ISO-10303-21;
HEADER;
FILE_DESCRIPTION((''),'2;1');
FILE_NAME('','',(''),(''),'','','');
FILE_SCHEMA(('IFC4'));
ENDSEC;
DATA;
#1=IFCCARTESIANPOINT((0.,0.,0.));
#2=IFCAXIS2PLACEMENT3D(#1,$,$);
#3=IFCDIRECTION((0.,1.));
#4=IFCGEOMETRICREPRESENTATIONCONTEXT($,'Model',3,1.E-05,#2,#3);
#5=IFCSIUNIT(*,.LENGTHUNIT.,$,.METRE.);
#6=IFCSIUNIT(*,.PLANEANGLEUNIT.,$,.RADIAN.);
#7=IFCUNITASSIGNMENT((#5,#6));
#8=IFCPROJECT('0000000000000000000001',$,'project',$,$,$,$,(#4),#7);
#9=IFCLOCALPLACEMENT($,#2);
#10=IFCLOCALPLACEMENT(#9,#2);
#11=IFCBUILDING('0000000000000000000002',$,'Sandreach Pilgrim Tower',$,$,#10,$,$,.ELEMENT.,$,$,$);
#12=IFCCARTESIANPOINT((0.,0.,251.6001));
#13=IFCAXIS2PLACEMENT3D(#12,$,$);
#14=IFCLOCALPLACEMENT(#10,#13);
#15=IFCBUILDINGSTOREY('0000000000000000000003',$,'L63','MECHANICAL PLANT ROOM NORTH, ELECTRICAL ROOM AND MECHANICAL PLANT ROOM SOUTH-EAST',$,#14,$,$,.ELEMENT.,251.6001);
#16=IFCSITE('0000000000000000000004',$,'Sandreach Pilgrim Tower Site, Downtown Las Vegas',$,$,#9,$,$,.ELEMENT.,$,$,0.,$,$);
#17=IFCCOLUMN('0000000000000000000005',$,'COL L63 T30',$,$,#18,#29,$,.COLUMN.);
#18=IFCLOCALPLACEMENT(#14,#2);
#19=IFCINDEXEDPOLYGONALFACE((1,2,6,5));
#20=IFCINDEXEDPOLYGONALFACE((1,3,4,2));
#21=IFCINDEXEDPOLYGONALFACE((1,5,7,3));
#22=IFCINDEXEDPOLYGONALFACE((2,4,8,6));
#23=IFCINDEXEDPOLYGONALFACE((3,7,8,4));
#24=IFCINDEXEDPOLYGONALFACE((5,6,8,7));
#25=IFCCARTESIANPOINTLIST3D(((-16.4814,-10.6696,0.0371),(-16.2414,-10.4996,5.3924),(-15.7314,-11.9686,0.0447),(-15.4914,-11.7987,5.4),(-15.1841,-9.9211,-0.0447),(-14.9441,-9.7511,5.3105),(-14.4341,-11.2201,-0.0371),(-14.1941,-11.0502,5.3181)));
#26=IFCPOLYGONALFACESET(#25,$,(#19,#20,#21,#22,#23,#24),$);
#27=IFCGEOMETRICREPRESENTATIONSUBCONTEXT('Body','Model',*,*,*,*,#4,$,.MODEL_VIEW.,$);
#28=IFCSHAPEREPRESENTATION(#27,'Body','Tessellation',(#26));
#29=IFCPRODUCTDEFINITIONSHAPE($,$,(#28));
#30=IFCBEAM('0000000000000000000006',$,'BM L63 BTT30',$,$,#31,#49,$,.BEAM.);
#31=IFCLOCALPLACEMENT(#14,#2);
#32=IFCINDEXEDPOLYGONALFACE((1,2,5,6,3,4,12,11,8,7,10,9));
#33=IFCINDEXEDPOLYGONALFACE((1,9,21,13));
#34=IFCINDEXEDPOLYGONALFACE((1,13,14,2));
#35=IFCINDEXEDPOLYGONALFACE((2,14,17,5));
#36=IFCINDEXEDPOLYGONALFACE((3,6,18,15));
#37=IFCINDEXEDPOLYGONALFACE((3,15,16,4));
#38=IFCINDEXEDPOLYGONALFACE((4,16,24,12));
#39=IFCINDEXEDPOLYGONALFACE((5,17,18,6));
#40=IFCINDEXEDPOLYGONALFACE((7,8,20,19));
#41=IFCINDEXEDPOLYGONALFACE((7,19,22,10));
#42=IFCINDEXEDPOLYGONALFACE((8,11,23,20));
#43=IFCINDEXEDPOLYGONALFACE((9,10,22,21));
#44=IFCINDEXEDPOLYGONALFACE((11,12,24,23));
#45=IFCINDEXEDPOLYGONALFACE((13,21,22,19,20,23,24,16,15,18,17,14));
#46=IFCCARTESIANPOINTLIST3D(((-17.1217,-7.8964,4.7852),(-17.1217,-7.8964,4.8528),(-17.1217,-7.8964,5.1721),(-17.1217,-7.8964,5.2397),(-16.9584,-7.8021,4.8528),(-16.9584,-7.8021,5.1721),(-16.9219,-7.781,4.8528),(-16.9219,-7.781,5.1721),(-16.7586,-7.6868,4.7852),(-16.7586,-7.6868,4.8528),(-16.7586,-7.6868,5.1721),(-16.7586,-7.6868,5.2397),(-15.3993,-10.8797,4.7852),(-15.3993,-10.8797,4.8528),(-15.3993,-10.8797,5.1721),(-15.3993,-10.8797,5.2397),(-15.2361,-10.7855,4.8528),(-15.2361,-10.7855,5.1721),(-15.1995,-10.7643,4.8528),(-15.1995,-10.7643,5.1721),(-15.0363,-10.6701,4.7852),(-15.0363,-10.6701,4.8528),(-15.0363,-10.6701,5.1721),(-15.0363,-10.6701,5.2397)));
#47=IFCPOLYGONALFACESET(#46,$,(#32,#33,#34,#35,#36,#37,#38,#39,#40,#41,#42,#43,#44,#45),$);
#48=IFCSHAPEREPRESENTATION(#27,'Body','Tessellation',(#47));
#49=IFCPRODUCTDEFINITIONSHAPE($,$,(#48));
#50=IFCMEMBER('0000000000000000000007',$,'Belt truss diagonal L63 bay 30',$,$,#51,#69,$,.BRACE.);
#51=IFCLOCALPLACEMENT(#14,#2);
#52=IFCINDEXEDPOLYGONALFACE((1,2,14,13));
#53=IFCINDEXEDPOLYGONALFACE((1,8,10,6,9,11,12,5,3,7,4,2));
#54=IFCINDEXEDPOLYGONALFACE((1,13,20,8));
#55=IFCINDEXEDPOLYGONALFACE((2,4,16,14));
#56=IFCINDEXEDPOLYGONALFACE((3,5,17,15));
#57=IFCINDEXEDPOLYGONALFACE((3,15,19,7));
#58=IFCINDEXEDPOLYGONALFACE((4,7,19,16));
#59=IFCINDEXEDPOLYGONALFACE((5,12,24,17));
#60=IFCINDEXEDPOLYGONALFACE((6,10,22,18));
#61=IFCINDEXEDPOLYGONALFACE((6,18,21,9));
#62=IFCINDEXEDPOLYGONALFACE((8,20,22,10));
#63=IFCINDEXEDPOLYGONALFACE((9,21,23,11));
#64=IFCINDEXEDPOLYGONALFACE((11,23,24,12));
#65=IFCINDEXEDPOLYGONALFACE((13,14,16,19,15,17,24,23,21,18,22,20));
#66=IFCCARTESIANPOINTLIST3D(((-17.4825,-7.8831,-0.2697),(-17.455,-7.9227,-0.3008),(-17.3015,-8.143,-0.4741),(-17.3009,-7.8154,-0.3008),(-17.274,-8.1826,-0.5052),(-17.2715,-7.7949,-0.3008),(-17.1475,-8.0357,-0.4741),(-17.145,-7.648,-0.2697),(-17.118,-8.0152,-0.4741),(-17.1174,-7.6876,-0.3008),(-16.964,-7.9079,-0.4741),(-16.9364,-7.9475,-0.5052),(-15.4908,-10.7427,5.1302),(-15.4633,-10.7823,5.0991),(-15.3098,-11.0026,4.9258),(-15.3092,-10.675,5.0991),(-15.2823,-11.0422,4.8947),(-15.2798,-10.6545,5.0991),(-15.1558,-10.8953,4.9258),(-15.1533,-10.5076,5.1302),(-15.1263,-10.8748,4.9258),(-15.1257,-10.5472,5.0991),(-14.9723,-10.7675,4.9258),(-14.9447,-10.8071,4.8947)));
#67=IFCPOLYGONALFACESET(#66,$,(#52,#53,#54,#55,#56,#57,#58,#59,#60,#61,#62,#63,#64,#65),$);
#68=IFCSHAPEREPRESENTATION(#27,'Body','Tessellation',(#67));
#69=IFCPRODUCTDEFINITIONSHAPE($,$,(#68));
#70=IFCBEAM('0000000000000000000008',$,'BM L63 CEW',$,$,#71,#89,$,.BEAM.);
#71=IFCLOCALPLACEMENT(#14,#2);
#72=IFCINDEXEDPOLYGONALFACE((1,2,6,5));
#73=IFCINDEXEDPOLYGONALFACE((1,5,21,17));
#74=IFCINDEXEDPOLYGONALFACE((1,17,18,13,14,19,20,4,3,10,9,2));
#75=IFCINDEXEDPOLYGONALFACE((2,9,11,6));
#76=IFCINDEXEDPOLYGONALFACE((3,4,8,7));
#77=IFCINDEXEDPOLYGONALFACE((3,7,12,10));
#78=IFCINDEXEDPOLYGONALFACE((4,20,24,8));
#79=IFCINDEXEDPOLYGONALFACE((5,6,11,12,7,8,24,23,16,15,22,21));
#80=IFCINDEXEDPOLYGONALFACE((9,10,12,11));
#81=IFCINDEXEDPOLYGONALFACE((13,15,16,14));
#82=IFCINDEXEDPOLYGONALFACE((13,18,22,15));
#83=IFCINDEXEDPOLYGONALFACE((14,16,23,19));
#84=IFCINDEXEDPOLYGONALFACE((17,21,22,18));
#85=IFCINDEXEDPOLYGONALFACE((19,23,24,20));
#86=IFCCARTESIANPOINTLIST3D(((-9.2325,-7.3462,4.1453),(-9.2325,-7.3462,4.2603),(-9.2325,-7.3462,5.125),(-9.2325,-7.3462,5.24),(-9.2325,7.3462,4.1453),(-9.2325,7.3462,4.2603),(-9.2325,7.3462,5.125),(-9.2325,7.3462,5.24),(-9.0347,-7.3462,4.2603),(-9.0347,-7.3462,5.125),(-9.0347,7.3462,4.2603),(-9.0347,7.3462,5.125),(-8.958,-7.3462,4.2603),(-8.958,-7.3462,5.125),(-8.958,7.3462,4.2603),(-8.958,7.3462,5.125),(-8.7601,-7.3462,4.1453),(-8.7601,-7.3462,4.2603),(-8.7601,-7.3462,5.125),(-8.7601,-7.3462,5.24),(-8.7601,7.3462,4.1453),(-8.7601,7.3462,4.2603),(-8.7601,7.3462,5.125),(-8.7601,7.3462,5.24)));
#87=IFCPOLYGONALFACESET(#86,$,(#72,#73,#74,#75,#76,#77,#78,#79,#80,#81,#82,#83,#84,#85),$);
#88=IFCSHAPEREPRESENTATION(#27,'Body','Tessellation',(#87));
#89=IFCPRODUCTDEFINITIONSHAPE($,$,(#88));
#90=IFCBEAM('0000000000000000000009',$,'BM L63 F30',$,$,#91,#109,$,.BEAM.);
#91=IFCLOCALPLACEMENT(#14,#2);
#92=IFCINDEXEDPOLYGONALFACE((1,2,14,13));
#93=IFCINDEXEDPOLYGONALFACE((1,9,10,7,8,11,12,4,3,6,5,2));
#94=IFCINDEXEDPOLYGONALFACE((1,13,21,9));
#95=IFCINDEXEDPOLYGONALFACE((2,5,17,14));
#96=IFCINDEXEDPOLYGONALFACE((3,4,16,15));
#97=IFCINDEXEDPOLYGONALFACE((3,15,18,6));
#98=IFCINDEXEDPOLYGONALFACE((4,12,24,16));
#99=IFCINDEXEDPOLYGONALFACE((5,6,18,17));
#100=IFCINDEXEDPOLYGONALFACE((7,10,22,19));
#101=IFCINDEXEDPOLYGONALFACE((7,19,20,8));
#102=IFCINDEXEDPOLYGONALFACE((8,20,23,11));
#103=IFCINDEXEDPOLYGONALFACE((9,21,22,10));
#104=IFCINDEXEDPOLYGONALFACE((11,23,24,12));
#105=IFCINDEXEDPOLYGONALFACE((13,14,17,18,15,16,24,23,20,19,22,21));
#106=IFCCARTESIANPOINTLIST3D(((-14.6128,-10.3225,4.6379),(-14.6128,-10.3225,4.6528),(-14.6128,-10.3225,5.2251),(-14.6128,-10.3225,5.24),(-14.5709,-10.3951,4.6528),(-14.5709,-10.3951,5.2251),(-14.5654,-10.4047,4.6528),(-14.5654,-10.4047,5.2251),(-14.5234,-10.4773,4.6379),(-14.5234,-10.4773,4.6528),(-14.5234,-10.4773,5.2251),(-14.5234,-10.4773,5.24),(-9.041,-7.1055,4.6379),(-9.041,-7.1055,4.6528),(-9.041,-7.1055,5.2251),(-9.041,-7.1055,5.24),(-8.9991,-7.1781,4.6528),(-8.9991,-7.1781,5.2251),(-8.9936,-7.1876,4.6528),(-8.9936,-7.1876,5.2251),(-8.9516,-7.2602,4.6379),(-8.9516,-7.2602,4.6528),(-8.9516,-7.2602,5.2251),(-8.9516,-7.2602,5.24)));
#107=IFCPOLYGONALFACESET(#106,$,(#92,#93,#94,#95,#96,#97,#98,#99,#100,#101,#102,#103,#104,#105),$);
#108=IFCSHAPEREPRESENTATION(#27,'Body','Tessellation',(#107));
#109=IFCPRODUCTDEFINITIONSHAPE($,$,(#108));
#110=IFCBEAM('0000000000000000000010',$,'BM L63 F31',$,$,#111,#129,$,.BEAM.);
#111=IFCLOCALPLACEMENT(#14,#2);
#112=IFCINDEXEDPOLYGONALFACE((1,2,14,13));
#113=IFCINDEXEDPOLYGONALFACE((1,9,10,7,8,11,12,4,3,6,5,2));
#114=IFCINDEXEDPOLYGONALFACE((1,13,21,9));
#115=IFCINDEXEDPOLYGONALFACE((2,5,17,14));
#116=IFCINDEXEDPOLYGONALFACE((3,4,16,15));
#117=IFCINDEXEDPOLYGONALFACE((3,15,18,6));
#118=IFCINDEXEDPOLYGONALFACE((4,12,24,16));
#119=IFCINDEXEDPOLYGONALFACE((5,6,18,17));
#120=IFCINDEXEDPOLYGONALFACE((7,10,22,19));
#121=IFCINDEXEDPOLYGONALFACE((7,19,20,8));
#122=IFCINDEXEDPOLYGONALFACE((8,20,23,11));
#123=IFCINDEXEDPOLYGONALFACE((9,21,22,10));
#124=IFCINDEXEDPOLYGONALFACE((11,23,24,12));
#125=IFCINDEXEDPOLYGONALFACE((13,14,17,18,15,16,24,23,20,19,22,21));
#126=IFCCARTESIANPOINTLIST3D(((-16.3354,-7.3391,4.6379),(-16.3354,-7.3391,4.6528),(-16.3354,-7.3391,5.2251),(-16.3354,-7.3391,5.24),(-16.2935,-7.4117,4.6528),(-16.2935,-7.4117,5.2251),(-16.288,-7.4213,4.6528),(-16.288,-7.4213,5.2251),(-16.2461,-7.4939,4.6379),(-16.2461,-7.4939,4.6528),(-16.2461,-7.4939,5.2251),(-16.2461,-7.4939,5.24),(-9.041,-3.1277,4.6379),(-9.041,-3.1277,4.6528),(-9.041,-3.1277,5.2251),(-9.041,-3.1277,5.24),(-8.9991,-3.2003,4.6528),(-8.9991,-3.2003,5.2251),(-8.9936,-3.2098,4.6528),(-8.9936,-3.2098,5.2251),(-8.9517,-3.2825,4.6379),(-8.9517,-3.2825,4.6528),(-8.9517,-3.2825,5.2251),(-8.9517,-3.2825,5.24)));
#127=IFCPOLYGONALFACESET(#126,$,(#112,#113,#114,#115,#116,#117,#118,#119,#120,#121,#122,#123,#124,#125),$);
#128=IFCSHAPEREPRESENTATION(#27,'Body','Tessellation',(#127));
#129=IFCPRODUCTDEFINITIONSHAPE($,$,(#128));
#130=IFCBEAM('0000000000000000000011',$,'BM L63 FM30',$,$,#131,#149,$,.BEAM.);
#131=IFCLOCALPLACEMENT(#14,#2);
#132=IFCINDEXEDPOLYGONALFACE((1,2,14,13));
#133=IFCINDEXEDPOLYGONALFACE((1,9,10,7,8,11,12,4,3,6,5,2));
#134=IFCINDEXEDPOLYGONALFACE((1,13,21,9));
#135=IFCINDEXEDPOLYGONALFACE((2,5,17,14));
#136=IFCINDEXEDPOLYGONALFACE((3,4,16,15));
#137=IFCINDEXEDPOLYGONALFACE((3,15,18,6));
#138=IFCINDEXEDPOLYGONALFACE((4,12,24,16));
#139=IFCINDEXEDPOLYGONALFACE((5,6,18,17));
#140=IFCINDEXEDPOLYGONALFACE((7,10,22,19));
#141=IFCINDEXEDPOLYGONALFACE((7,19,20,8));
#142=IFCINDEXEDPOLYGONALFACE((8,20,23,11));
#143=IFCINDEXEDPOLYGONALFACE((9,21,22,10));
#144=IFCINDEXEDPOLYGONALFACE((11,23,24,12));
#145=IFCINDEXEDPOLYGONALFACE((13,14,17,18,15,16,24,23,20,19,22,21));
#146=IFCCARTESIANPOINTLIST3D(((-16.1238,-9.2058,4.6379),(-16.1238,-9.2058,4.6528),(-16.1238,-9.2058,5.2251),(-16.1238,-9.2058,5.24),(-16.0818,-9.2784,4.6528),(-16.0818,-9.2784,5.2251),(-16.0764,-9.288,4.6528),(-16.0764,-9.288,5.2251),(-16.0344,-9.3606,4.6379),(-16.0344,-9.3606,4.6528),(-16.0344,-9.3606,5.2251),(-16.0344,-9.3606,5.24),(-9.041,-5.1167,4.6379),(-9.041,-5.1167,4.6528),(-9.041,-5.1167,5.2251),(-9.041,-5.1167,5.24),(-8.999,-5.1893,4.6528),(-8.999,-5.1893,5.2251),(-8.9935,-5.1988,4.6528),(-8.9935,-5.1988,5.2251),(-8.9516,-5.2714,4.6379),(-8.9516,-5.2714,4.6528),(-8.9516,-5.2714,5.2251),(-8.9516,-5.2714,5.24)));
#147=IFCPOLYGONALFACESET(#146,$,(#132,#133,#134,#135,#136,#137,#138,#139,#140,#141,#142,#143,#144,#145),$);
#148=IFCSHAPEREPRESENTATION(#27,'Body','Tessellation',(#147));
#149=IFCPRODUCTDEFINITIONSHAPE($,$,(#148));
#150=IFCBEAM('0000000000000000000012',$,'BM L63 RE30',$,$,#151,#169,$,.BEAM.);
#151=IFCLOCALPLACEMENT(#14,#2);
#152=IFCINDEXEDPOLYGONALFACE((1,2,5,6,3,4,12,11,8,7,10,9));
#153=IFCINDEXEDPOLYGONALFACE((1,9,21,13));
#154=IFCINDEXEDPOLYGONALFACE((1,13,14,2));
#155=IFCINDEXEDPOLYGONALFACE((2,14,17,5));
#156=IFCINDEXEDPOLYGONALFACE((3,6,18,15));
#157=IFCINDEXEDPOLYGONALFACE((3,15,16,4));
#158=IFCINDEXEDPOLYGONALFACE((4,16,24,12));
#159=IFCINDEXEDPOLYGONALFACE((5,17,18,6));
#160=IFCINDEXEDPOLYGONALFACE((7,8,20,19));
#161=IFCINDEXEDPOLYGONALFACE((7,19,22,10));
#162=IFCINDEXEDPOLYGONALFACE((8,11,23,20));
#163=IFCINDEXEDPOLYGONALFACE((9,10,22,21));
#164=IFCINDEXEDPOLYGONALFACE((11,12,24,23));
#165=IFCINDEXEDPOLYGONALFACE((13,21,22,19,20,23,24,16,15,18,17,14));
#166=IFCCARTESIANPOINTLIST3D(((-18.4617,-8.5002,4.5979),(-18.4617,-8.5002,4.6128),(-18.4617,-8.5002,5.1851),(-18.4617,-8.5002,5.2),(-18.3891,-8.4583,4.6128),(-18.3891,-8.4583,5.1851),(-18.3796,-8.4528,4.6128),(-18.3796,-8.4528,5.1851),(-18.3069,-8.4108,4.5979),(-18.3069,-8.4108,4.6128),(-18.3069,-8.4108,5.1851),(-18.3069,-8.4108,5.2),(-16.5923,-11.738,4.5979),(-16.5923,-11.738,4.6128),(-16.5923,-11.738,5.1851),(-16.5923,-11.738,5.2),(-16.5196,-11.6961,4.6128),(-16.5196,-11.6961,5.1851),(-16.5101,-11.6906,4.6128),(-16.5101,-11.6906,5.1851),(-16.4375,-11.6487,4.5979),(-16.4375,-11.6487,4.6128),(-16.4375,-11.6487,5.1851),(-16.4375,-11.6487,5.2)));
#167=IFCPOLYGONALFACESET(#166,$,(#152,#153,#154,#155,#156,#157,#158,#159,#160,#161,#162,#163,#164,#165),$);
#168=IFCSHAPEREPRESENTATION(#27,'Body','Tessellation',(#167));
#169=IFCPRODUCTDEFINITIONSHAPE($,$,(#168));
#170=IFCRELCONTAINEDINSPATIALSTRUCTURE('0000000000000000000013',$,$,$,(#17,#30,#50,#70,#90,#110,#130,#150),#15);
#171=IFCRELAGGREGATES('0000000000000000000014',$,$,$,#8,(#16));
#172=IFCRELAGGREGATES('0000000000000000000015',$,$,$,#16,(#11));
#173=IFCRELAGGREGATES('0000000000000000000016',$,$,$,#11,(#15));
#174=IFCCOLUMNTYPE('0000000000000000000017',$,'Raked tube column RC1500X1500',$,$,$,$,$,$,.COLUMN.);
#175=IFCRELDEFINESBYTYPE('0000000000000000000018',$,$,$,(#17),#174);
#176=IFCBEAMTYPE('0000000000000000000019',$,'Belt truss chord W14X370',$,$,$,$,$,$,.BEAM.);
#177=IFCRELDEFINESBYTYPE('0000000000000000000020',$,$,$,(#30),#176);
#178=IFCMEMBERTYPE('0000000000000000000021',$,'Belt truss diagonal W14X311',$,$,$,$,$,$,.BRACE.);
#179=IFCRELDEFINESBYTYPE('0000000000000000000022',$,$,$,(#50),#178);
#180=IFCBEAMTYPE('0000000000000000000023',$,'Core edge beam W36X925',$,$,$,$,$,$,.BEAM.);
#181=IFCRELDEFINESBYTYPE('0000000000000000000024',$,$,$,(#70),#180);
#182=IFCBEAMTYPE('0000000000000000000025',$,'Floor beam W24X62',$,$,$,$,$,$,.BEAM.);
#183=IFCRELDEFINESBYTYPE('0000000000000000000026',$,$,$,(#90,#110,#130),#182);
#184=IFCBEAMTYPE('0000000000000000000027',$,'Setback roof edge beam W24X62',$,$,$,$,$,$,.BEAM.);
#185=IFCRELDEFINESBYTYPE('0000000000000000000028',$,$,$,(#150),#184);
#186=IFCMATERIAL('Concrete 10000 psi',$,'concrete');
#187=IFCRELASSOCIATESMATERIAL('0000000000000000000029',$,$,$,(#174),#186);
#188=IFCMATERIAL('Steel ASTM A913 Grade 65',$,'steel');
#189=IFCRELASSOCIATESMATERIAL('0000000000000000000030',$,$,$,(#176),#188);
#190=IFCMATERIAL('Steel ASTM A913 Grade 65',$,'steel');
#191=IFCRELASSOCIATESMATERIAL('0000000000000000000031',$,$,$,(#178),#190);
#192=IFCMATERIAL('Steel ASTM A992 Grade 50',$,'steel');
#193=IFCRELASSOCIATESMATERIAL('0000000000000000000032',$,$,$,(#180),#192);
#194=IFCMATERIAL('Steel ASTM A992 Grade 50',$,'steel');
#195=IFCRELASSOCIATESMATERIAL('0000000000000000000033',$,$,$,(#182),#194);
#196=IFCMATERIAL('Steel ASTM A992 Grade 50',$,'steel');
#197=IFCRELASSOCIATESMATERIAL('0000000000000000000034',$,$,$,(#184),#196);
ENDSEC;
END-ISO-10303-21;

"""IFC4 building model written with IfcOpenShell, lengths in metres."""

from ifc_helpers import new_model, si_unit, direction, frame, origin, origin_2d, place, context, subcontext, project, spatial, rectangle, i_section, extrude, material, material_profile, profile_set, type_object, element, save


model = new_model("IFC4")

# Units and contexts
model_context = context("Model", 3, precision=1e-05, world=origin(), true_north=direction((0.0, 1.0)))
body_context = subcontext(model_context, "Body", "Model", "MODEL_VIEW")
ifc_project = project(units=[si_unit("LENGTHUNIT", "METRE"), si_unit("PLANEANGLEUNIT", "RADIAN")], contexts=[model_context])

# Site, building, storey
site_placement = place(None, origin())
site = spatial("IfcSite", under=ifc_project, at=site_placement, Name="Sandreach Pilgrim Tower Site, Downtown Las Vegas", CompositionType="ELEMENT", RefElevation=0.0)
building_placement = place(site_placement, origin())
building = spatial("IfcBuilding", under=site, at=building_placement, Name="Sandreach Pilgrim Tower", CompositionType="ELEMENT")
storey_placement = place(building_placement, frame((0.0, 0.0, 251.6001)))
storey = spatial("IfcBuildingStorey", under=building, at=storey_placement, Name="L63", Description="MECHANICAL PLANT ROOM NORTH, ELECTRICAL ROOM AND MECHANICAL PLANT ROOM SOUTH-EAST", CompositionType="ELEMENT", Elevation=251.6001)

# Column
ifc_material_1 = material(Name="Concrete 10000 psi", Category="concrete")
ifc_material_profile_1 = material_profile(ifc_material_1, rectangle(XDim=1.5, YDim=1.5, at=origin_2d()), Name="RC1500X1500")
ifc_profile_set_1 = profile_set([ifc_material_profile_1], Name="Concrete 10000 psi")
column_type = type_object("IfcColumnType", Name="Raked tube column RC1500X1500", PredefinedType="COLUMN", material=ifc_profile_set_1)
column_placement = place(storey_placement, frame((-15.4578, -10.9448, 0.0), z_axis=(0.044747, 0.031682, 0.998496), x_axis=(-0.864877, -0.499006, 0.054592)))
element("IfcColumn", 1, at=column_placement, inside=storey, type_object=column_type, Name="COL L63 T30", PredefinedType="COLUMN", context=body_context, shape_type="SweptSolid", body=[
    extrude(rectangle(XDim=1.5, YDim=1.5, at=origin_2d()), origin(), (0.0, 0.0, 1.0), 5.3633),
])

# Beam
ifc_material_2 = material(Name="Steel ASTM A913 Grade 65", Category="steel")
ifc_material_profile_2 = material_profile(ifc_material_2, i_section(OverallWidth=0.4192, OverallDepth=0.4546, WebThickness=0.0422, FlangeThickness=0.0676, at=origin_2d()), Name="W14X370")
ifc_profile_set_2 = profile_set([ifc_material_profile_2], Name="Steel ASTM A913 Grade 65")
beam_type_1 = type_object("IfcBeamType", Name="Belt truss chord W14X370", PredefinedType="BEAM", material=ifc_profile_set_2)
beam_1_placement = place(storey_placement, frame((-15.2178, -10.7749, 5.0125), z_axis=(-0.499988, 0.866032, 0.0), x_axis=(-0.866032, -0.499988, 0.0)))
element("IfcBeam", 2, at=beam_1_placement, inside=storey, type_object=beam_type_1, Name="BM L63 BTT30", PredefinedType="BEAM", context=body_context, shape_type="SweptSolid", body=[
    extrude(i_section(OverallWidth=0.4192, OverallDepth=0.4546, WebThickness=0.0422, FlangeThickness=0.0676, at=origin_2d()), origin(), (0.0, 0.0, 1.0), 3.4448),
])

# Member
ifc_material_3 = material(Name="Steel ASTM A913 Grade 65", Category="steel")
ifc_material_profile_3 = material_profile(ifc_material_3, i_section(OverallWidth=0.4114, OverallDepth=0.4343, WebThickness=0.0359, FlangeThickness=0.0574, at=origin_2d()), Name="W14X311")
ifc_profile_set_3 = profile_set([ifc_material_profile_3], Name="Steel ASTM A913 Grade 65")
member_type = type_object("IfcMemberType", Name="Belt truss diagonal W14X311", PredefinedType="BRACE", material=ifc_profile_set_3)
member_placement = place(storey_placement, frame((-15.2178, -10.7749, 5.0125), z_axis=(-0.309907, 0.444955, -0.840222), x_axis=(-0.820582, -0.571528, 0.0)))
element("IfcMember", 3, at=member_placement, inside=storey, type_object=member_type, Name="Belt truss diagonal L63 bay 30", PredefinedType="BRACE", context=body_context, shape_type="SweptSolid", body=[
    extrude(i_section(OverallWidth=0.4114, OverallDepth=0.4343, WebThickness=0.0359, FlangeThickness=0.0574, at=origin_2d()), origin(), (0.0, 0.0, 1.0), 6.4268),
])

# Beams
ifc_material_4 = material(Name="Steel ASTM A992 Grade 50", Category="steel")
ifc_material_profile_4 = material_profile(ifc_material_4, i_section(OverallWidth=0.4724, OverallDepth=1.0947, WebThickness=0.0767, FlangeThickness=0.115, at=origin_2d()), Name="W36X925")
ifc_profile_set_4 = profile_set([ifc_material_profile_4], Name="Steel ASTM A992 Grade 50")
beam_type_2 = type_object("IfcBeamType", Name="Core edge beam W36X925", PredefinedType="BEAM", material=ifc_profile_set_4)
beam_2_placement = place(storey_placement, frame((-8.9963, -7.3462, 4.6926), z_axis=(0.0, 1.0, 0.0), x_axis=(-1.0, 0.0, 0.0)))
element("IfcBeam", 4, at=beam_2_placement, inside=storey, type_object=beam_type_2, Name="BM L63 CEW", PredefinedType="BEAM", context=body_context, shape_type="SweptSolid", body=[
    extrude(i_section(OverallWidth=0.4724, OverallDepth=1.0947, WebThickness=0.0767, FlangeThickness=0.115, at=origin_2d()), origin(), (0.0, 0.0, 1.0), 14.6924),
])
ifc_material_5 = material(Name="Steel ASTM A992 Grade 50", Category="steel")
ifc_material_profile_5 = material_profile(ifc_material_5, i_section(OverallWidth=0.1787, OverallDepth=0.6021, WebThickness=0.011, FlangeThickness=0.0149, at=origin_2d()), Name="W24X62")
ifc_profile_set_5 = profile_set([ifc_material_profile_5], Name="Steel ASTM A992 Grade 50")
beam_type_3 = type_object("IfcBeamType", Name="Floor beam W24X62", PredefinedType="BEAM", material=ifc_profile_set_5)
beam_3_placement = place(storey_placement, frame((-14.5681, -10.3999, 4.939), z_axis=(0.866014, 0.50002, 0.0), x_axis=(-0.50002, 0.866014, 0.0)))
element("IfcBeam", 5, at=beam_3_placement, inside=storey, type_object=beam_type_3, Name="BM L63 F30", PredefinedType="BEAM", context=body_context, shape_type="SweptSolid", body=[
    extrude(i_section(OverallWidth=0.1787, OverallDepth=0.6021, WebThickness=0.011, FlangeThickness=0.0149, at=origin_2d()), origin(), (0.0, 0.0, 1.0), 6.4338),
])
beam_4_placement = place(storey_placement, frame((-16.2908, -7.4165, 4.939), z_axis=(0.866026, 0.499998, 0.0), x_axis=(-0.499998, 0.866026, 0.0)))
element("IfcBeam", 6, at=beam_4_placement, inside=storey, type_object=beam_type_3, Name="BM L63 F31", PredefinedType="BEAM", context=body_context, shape_type="SweptSolid", body=[
    extrude(i_section(OverallWidth=0.1787, OverallDepth=0.6021, WebThickness=0.011, FlangeThickness=0.0149, at=origin_2d()), origin(), (0.0, 0.0, 1.0), 8.4229),
])
beam_5_placement = place(storey_placement, frame((-16.0791, -9.2832, 4.939), z_axis=(0.866032, 0.499989, 0.0), x_axis=(-0.499989, 0.866032, 0.0)))
element("IfcBeam", 7, at=beam_5_placement, inside=storey, type_object=beam_type_3, Name="BM L63 FM30", PredefinedType="BEAM", context=body_context, shape_type="SweptSolid", body=[
    extrude(i_section(OverallWidth=0.1787, OverallDepth=0.6021, WebThickness=0.011, FlangeThickness=0.0149, at=origin_2d()), origin(), (0.0, 0.0, 1.0), 8.1785),
])
ifc_material_6 = material(Name="Steel ASTM A992 Grade 50", Category="steel")
ifc_material_profile_6 = material_profile(ifc_material_6, i_section(OverallWidth=0.1787, OverallDepth=0.6021, WebThickness=0.011, FlangeThickness=0.0149, at=origin_2d()), Name="W24X62")
ifc_profile_set_6 = profile_set([ifc_material_profile_6], Name="Steel ASTM A992 Grade 50")
beam_type_4 = type_object("IfcBeamType", Name="Setback roof edge beam W24X62", PredefinedType="BEAM", material=ifc_profile_set_6)
beam_6_placement = place(storey_placement, frame((-16.5149, -11.6934, 4.8989), z_axis=(-0.500009, 0.86602, 0.0), x_axis=(-0.86602, -0.500009, 0.0)))
element("IfcBeam", 8, at=beam_6_placement, inside=storey, type_object=beam_type_4, Name="BM L63 RE30", PredefinedType="BEAM", context=body_context, shape_type="SweptSolid", body=[
    extrude(i_section(OverallWidth=0.1787, OverallDepth=0.6021, WebThickness=0.011, FlangeThickness=0.0149, at=origin_2d()), origin(), (0.0, 0.0, 1.0), 3.7388),
])

save(model, "model.ifc")
